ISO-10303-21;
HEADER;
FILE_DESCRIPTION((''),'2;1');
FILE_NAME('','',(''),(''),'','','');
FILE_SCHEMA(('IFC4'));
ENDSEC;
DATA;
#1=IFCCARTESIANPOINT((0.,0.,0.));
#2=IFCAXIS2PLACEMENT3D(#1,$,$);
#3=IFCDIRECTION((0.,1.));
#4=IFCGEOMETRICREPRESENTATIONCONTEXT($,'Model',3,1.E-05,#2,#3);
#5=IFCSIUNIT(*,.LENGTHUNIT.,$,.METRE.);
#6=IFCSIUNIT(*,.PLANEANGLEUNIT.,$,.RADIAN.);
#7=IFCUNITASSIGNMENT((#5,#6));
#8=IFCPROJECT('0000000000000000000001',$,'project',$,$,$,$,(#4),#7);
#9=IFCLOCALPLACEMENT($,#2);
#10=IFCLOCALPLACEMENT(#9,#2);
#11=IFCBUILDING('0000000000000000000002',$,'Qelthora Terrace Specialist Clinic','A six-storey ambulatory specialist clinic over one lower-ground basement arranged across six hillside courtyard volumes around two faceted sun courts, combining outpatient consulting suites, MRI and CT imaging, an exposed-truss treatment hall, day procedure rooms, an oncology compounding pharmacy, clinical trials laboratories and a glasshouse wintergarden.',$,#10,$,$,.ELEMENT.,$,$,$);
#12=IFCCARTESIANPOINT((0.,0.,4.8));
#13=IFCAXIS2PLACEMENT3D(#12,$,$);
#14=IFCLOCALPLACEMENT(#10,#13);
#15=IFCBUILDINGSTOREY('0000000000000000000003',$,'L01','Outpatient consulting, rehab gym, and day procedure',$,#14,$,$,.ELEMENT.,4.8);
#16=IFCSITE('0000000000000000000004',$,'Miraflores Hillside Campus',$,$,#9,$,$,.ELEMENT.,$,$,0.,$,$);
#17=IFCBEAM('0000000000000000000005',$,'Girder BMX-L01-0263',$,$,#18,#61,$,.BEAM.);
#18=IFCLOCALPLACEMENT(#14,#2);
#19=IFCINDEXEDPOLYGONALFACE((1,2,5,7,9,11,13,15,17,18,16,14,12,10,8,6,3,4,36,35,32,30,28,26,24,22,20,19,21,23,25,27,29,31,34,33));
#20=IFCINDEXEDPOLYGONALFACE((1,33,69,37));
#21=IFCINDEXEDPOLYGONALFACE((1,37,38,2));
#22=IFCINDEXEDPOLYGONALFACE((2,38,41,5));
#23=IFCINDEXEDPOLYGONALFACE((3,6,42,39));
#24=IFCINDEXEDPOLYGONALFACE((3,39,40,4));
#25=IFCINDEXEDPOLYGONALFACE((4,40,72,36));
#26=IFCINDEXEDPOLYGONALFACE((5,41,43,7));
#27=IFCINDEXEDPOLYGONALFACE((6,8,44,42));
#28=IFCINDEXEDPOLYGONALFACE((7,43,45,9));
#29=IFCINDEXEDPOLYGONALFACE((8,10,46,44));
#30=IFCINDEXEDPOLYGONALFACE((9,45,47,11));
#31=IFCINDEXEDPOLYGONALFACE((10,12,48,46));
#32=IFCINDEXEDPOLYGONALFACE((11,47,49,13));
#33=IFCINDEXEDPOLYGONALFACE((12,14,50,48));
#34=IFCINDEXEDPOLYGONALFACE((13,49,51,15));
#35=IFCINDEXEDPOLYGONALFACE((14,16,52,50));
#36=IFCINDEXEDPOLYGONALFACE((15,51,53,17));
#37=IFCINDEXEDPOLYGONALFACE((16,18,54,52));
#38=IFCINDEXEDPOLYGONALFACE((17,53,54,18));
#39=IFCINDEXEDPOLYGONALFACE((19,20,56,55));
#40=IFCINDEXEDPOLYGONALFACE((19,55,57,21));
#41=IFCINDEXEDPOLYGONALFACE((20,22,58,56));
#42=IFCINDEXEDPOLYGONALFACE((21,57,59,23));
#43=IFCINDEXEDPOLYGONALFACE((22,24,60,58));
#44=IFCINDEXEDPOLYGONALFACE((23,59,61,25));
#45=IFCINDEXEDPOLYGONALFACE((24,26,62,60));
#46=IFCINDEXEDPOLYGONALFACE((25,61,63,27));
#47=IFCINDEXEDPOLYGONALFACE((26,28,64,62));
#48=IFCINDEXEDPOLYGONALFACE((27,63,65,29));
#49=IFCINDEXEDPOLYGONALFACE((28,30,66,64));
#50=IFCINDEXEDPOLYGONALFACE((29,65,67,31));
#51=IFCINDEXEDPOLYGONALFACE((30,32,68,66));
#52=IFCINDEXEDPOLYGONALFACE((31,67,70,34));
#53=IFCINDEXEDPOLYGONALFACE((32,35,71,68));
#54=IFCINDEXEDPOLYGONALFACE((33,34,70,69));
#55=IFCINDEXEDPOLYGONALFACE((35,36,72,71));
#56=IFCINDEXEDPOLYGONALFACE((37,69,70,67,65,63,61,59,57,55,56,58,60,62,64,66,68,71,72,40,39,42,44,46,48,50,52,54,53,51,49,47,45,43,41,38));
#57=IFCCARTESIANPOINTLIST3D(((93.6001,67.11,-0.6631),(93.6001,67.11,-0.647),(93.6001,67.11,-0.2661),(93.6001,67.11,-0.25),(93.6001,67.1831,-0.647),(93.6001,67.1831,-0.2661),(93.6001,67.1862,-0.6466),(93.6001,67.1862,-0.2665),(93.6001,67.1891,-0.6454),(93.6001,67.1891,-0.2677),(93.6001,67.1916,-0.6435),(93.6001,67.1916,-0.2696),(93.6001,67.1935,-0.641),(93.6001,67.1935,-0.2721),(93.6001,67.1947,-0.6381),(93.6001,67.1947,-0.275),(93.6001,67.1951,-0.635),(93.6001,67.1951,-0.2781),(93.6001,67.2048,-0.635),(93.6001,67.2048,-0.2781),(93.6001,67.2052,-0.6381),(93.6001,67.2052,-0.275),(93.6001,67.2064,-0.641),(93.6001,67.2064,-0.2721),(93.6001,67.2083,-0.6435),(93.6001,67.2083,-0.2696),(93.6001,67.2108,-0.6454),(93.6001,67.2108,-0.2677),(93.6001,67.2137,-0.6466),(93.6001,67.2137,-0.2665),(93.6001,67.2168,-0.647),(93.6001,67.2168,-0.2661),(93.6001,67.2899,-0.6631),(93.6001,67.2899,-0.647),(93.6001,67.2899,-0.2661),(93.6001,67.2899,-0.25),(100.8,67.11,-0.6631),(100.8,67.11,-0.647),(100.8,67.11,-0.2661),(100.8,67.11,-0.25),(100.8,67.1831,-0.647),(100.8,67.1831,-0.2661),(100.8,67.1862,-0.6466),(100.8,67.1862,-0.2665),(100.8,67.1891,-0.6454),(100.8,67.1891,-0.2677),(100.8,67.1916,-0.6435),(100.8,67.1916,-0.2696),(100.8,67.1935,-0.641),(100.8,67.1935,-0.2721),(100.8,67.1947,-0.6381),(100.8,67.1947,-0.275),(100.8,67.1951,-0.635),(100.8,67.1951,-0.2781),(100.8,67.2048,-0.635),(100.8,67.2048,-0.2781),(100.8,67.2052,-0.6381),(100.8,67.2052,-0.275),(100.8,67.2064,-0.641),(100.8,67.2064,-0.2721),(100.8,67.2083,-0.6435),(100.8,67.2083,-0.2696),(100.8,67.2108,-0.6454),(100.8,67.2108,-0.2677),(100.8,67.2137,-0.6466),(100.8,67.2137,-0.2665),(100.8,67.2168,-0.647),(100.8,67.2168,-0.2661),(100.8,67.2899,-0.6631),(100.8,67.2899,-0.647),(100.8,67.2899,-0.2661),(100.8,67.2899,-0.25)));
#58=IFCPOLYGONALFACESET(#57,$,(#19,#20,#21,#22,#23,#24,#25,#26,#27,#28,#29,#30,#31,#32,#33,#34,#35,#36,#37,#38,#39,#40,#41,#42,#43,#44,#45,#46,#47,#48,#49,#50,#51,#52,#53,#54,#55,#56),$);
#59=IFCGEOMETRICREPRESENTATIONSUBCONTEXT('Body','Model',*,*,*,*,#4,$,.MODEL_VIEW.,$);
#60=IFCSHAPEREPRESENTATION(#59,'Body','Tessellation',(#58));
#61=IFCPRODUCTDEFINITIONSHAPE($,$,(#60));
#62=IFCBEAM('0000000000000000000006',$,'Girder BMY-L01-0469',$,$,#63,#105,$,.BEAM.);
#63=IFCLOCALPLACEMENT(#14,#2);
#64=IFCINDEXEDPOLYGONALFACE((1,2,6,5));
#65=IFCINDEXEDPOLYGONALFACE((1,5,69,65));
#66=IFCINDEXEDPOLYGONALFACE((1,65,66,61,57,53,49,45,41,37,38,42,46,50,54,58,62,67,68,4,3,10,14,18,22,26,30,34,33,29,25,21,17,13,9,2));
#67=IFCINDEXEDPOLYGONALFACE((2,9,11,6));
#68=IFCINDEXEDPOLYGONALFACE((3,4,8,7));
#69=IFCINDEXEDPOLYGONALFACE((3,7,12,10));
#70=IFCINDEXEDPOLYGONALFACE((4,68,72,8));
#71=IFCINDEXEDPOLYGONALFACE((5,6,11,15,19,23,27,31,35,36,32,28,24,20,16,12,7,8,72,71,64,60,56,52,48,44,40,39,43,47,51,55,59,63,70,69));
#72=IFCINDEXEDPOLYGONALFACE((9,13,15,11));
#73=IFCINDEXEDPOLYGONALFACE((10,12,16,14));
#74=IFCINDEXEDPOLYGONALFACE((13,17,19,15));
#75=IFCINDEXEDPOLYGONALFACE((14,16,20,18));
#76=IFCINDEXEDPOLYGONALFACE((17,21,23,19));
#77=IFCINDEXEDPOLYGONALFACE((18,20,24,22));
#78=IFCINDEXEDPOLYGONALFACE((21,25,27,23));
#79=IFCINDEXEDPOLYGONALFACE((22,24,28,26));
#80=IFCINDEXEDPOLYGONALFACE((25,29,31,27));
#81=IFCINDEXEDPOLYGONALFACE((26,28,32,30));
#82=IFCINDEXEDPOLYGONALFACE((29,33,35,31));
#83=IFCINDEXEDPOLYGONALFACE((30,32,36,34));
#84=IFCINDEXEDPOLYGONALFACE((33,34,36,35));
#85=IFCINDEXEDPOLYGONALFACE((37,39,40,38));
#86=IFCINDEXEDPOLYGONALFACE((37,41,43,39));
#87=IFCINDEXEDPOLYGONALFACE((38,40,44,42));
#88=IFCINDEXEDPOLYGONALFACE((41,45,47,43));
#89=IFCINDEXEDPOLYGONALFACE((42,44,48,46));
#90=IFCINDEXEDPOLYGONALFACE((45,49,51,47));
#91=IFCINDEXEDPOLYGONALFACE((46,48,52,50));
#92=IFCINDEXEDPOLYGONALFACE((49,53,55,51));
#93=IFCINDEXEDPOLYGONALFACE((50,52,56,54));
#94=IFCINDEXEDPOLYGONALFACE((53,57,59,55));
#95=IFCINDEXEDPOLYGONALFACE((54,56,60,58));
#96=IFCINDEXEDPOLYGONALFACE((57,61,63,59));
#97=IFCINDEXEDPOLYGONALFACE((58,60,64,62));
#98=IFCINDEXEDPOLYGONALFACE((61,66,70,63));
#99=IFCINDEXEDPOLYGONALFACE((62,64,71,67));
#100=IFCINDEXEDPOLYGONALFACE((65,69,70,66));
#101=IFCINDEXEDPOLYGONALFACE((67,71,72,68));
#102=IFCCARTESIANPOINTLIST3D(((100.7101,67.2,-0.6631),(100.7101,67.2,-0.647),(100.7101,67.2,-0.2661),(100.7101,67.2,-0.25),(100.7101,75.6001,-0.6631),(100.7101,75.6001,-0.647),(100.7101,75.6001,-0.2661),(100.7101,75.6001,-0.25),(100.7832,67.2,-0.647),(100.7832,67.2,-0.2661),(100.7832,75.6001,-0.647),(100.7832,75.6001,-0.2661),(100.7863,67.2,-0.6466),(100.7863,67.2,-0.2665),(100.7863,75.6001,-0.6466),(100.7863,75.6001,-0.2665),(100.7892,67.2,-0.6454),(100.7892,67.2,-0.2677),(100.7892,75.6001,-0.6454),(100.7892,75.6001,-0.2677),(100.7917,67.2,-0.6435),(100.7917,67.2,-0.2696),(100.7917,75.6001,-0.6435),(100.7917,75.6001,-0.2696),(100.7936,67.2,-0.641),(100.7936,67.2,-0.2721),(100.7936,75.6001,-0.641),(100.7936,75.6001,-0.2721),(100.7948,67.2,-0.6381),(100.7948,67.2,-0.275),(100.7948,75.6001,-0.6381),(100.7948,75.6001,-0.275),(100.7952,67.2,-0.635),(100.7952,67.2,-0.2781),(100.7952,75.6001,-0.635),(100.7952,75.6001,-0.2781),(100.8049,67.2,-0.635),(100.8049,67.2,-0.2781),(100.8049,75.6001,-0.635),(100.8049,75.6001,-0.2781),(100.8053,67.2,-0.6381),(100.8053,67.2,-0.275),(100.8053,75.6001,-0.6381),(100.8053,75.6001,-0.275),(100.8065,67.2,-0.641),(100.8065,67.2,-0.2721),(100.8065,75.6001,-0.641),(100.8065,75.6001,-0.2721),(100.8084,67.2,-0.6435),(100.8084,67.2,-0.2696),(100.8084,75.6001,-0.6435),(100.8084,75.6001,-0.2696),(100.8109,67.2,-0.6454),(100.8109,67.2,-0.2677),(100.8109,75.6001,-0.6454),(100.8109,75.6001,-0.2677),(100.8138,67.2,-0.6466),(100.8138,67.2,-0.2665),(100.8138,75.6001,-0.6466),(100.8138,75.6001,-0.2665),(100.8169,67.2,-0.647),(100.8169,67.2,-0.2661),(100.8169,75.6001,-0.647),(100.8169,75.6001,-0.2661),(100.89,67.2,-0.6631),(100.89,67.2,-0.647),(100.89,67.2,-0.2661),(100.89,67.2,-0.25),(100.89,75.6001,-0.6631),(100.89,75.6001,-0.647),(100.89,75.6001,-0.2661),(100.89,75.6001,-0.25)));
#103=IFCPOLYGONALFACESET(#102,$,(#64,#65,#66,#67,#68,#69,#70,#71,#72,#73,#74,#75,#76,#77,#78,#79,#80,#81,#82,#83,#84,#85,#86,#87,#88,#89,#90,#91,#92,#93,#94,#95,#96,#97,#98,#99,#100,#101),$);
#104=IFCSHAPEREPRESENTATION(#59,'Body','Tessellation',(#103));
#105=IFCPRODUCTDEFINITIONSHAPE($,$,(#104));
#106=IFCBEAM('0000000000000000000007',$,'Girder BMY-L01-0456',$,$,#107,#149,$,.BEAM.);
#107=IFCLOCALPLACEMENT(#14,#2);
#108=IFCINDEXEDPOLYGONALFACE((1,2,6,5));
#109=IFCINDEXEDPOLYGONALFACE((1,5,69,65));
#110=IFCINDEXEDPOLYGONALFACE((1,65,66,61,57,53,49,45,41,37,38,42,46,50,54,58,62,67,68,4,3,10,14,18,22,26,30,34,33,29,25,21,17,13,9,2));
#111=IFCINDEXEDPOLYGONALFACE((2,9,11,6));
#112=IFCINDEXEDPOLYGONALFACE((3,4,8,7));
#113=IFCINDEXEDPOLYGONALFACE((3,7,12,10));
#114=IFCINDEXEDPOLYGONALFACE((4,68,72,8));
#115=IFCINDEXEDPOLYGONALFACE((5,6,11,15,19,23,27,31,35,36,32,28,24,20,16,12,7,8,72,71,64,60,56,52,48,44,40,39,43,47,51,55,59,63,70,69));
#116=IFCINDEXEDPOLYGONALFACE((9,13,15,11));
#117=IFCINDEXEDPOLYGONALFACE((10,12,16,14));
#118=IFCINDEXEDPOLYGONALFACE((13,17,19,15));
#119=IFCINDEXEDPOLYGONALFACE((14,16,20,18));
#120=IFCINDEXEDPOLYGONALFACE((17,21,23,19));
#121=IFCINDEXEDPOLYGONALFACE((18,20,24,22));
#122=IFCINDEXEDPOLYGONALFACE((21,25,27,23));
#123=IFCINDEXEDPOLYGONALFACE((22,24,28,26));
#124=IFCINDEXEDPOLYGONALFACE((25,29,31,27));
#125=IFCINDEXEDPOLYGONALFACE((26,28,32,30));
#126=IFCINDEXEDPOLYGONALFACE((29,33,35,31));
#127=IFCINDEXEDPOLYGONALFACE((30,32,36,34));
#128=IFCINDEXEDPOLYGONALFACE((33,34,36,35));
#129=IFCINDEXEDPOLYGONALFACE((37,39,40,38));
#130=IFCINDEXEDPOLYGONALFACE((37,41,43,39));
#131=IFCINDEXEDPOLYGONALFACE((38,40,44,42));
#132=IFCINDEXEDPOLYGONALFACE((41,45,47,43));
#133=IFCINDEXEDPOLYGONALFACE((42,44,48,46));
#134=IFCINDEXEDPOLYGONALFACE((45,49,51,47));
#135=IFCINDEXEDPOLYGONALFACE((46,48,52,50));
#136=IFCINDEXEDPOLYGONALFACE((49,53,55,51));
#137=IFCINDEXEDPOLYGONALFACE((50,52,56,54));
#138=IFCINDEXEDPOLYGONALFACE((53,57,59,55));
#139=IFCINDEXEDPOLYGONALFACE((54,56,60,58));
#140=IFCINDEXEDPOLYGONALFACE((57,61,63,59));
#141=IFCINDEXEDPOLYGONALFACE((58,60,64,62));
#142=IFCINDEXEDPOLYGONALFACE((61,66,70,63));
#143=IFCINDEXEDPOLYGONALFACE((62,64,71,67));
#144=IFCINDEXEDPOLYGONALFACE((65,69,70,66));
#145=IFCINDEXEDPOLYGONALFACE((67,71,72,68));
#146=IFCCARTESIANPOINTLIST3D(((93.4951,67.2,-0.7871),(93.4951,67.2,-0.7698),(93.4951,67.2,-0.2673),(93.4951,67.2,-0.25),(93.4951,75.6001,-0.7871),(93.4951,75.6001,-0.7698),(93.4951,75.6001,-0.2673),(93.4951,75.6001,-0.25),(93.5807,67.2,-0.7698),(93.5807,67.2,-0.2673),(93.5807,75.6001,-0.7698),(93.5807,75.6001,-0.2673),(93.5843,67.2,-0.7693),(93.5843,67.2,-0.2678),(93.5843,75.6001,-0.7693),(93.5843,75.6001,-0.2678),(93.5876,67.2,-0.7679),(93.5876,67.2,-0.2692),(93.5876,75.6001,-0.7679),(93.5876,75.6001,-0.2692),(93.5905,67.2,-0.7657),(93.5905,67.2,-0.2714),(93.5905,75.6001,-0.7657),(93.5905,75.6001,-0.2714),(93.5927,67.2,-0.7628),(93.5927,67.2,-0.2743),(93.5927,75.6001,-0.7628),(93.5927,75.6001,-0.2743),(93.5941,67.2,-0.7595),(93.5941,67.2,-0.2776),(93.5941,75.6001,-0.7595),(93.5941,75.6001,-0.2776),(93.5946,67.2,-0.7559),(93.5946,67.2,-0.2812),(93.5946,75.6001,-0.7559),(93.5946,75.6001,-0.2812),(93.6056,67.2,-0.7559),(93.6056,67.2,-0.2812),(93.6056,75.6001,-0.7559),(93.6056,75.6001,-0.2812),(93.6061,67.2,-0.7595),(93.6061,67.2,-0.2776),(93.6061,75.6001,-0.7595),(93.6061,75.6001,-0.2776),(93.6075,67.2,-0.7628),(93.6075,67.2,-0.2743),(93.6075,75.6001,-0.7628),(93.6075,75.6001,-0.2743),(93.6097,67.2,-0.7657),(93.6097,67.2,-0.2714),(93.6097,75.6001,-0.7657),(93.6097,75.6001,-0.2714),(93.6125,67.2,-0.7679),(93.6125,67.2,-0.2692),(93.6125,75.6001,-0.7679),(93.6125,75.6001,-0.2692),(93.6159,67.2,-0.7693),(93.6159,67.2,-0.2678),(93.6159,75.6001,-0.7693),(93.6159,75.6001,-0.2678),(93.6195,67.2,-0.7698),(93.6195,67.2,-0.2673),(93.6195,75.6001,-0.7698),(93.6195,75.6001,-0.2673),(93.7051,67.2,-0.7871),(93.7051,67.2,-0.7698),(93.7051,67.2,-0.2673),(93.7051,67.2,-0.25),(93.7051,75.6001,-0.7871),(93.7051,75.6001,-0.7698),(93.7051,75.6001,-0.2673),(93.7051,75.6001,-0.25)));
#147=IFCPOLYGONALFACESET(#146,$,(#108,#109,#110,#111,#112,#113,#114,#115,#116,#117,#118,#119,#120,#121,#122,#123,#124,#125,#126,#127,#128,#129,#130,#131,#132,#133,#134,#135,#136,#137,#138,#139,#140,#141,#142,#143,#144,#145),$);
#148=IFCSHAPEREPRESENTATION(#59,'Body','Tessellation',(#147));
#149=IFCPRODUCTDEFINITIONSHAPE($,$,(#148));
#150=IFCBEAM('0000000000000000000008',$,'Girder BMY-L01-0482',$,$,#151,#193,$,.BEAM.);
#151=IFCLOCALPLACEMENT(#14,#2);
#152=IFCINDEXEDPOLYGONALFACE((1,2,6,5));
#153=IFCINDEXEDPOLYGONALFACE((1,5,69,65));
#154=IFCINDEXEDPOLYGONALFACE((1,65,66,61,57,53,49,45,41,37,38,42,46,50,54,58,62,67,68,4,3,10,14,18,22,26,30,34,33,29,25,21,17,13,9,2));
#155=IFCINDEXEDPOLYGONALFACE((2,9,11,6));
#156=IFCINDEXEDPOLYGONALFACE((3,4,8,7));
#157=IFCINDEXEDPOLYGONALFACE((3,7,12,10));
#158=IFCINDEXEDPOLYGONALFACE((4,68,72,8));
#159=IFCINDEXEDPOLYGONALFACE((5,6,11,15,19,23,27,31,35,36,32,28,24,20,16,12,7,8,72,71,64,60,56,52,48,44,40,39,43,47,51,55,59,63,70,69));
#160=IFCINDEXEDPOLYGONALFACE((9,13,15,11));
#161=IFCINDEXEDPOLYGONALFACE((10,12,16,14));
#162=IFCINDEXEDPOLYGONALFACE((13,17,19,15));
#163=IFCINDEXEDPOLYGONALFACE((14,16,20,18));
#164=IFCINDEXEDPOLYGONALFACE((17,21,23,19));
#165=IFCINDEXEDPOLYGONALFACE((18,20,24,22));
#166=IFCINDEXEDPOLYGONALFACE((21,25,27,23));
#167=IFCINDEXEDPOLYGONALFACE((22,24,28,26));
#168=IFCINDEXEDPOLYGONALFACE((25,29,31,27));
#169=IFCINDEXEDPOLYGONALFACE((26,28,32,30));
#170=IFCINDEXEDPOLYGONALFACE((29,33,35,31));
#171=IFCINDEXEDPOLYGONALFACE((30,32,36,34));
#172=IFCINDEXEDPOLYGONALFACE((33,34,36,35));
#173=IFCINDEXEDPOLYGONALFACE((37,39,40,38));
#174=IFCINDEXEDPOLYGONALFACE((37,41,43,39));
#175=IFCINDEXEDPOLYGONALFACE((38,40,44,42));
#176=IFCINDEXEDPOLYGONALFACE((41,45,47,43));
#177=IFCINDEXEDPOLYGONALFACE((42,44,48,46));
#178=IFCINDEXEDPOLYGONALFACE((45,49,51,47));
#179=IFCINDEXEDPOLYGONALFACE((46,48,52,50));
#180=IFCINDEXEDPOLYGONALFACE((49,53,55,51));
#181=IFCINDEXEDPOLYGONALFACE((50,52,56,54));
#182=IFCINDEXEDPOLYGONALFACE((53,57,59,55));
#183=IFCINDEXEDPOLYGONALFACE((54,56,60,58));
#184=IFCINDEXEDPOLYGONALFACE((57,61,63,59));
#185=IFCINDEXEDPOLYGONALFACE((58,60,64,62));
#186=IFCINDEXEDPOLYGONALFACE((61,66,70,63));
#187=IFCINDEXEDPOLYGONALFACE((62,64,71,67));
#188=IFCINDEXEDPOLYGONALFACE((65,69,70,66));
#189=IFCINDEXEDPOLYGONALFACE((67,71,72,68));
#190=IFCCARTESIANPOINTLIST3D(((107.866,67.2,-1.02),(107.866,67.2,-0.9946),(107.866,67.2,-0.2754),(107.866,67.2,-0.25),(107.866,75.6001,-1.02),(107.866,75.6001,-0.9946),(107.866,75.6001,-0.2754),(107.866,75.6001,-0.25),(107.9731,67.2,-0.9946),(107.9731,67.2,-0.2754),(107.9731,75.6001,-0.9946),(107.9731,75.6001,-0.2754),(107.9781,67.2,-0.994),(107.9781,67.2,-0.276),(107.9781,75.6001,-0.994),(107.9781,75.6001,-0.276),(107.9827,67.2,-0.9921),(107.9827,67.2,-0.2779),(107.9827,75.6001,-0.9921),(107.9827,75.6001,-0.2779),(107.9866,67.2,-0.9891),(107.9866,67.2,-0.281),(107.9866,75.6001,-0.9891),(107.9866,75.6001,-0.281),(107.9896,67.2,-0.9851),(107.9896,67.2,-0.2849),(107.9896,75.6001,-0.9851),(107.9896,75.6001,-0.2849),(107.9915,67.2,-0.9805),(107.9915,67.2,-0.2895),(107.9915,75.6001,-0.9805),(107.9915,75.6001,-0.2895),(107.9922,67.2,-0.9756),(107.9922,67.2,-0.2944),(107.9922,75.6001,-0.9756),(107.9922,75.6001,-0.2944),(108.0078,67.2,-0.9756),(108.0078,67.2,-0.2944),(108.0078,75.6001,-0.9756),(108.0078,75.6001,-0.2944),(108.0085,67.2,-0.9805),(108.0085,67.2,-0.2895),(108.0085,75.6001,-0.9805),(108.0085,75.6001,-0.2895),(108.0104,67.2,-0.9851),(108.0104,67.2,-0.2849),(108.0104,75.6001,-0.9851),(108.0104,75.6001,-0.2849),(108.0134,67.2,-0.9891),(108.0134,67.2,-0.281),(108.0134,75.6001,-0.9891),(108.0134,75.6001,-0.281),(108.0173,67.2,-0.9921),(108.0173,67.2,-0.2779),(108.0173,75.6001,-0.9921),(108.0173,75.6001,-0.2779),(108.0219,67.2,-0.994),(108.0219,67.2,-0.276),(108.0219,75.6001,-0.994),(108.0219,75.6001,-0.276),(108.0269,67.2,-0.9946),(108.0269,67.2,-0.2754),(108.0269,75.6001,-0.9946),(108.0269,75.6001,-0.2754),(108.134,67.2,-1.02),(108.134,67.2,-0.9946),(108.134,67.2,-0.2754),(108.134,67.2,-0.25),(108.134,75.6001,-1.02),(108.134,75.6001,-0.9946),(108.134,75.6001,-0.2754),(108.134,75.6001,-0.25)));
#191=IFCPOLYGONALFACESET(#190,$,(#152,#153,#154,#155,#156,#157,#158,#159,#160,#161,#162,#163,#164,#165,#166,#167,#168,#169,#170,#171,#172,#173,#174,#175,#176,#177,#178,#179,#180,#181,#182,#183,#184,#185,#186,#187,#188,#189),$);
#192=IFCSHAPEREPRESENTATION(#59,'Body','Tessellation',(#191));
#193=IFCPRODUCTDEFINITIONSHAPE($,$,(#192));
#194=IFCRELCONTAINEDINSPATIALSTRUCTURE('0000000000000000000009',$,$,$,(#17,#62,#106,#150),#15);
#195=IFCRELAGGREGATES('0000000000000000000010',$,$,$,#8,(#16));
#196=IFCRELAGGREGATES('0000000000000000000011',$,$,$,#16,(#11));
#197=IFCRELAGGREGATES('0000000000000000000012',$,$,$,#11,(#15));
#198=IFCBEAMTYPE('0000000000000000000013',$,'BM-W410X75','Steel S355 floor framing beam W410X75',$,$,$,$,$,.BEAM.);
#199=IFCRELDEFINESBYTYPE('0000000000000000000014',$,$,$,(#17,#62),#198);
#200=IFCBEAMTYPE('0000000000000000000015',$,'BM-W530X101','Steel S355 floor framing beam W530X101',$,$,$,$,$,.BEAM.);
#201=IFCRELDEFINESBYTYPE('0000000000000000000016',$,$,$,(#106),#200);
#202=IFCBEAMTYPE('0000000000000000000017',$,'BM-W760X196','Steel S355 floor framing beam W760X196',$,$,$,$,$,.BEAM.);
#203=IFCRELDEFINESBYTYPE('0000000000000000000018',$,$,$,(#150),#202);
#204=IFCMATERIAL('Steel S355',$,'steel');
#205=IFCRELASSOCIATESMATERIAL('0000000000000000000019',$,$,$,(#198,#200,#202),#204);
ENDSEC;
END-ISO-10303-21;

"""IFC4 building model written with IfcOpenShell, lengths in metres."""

from ifc_helpers import new_model, si_unit, direction, frame, origin, origin_2d, place, context, subcontext, project, spatial, i_section, extrude, material, material_profile, profile_set, type_object, element, save


model = new_model("IFC4")

# Units and contexts
model_context = context("Model", 3, precision=1e-05, world=origin(), true_north=direction((0.0, 1.0)))
body_context = subcontext(model_context, "Body", "Model", "MODEL_VIEW")
ifc_project = project(units=[si_unit("LENGTHUNIT", "METRE"), si_unit("PLANEANGLEUNIT", "RADIAN")], contexts=[model_context])

# Site, building, storey
site_placement = place(None, origin())
site = spatial("IfcSite", under=ifc_project, at=site_placement, Name="Miraflores Hillside Campus", CompositionType="ELEMENT", RefElevation=0.0)
building_placement = place(site_placement, origin())
building = spatial("IfcBuilding", under=site, at=building_placement, Name="Qelthora Terrace Specialist Clinic", Description="A six-storey ambulatory specialist clinic over one lower-ground basement arranged across six hillside courtyard volumes around two faceted sun courts, combining outpatient consulting suites, MRI and CT imaging, an exposed-truss treatment hall, day procedure rooms, an oncology compounding pharmacy, clinical trials laboratories and a glasshouse wintergarden.", CompositionType="ELEMENT")
storey_placement = place(building_placement, frame((0.0, 0.0, 4.8)))
storey = spatial("IfcBuildingStorey", under=building, at=storey_placement, Name="L01", Description="Outpatient consulting, rehab gym, and day procedure", CompositionType="ELEMENT", Elevation=4.8)

# Shared definitions
ifc_material_1 = material(Name="Steel S355", Category="steel")

# Beams
ifc_material_profile_1 = material_profile(ifc_material_1, i_section(OverallWidth=0.1799, OverallDepth=0.4131, WebThickness=0.0098, FlangeThickness=0.0161, FilletRadius=0.012, at=origin_2d()), Name="W410X75")
ifc_profile_set_1 = profile_set([ifc_material_profile_1], Name="Steel S355")
beam_type_1 = type_object("IfcBeamType", Name="BM-W410X75", Description="Steel S355 floor framing beam W410X75", PredefinedType="BEAM", material=ifc_profile_set_1)
beam_1_placement = place(storey_placement, frame((93.6001, 67.2, -0.4565), z_axis=(1.0, 0.0, 0.0), x_axis=(0.0, 1.0, 0.0)))
element("IfcBeam", 1, at=beam_1_placement, inside=storey, type_object=beam_type_1, Name="Girder BMX-L01-0263", PredefinedType="BEAM", context=body_context, shape_type="SweptSolid", body=[
    extrude(i_section(OverallWidth=0.1799, OverallDepth=0.4131, WebThickness=0.0098, FlangeThickness=0.0161, FilletRadius=0.012, at=origin_2d()), origin(), (0.0, 0.0, 1.0), 7.2),
])
beam_2_placement = place(storey_placement, frame((100.8, 67.2, -0.4565), z_axis=(0.0, 1.0, 0.0), x_axis=(-1.0, 0.0, 0.0)))
element("IfcBeam", 2, at=beam_2_placement, inside=storey, type_object=beam_type_1, Name="Girder BMY-L01-0469", PredefinedType="BEAM", context=body_context, shape_type="SweptSolid", body=[
    extrude(i_section(OverallWidth=0.1799, OverallDepth=0.4131, WebThickness=0.0098, FlangeThickness=0.0161, FilletRadius=0.012, at=origin_2d()), origin(), (0.0, 0.0, 1.0), 8.4001),
])
ifc_material_profile_2 = material_profile(ifc_material_1, i_section(OverallWidth=0.21, OverallDepth=0.5371, WebThickness=0.011, FlangeThickness=0.0173, FilletRadius=0.0139, at=origin_2d()), Name="W530X101")
ifc_profile_set_2 = profile_set([ifc_material_profile_2], Name="Steel S355")
beam_type_2 = type_object("IfcBeamType", Name="BM-W530X101", Description="Steel S355 floor framing beam W530X101", PredefinedType="BEAM", material=ifc_profile_set_2)
beam_3_placement = place(storey_placement, frame((93.6001, 67.2, -0.5186), z_axis=(0.0, 1.0, 0.0), x_axis=(-1.0, 0.0, 0.0)))
element("IfcBeam", 3, at=beam_3_placement, inside=storey, type_object=beam_type_2, Name="Girder BMY-L01-0456", PredefinedType="BEAM", context=body_context, shape_type="SweptSolid", body=[
    extrude(i_section(OverallWidth=0.21, OverallDepth=0.5371, WebThickness=0.011, FlangeThickness=0.0173, FilletRadius=0.0139, at=origin_2d()), origin(), (0.0, 0.0, 1.0), 8.4001),
])
ifc_material_profile_3 = material_profile(ifc_material_1, i_section(OverallWidth=0.2681, OverallDepth=0.77, WebThickness=0.0156, FlangeThickness=0.0254, FilletRadius=0.019, at=origin_2d()), Name="W760X196")
ifc_profile_set_3 = profile_set([ifc_material_profile_3], Name="Steel S355")
beam_type_3 = type_object("IfcBeamType", Name="BM-W760X196", Description="Steel S355 floor framing beam W760X196", PredefinedType="BEAM", material=ifc_profile_set_3)
beam_4_placement = place(storey_placement, frame((108.0, 67.2, -0.635), z_axis=(0.0, 1.0, 0.0), x_axis=(-1.0, 0.0, 0.0)))
element("IfcBeam", 4, at=beam_4_placement, inside=storey, type_object=beam_type_3, Name="Girder BMY-L01-0482", PredefinedType="BEAM", context=body_context, shape_type="SweptSolid", body=[
    extrude(i_section(OverallWidth=0.2681, OverallDepth=0.77, WebThickness=0.0156, FlangeThickness=0.0254, FilletRadius=0.019, at=origin_2d()), origin(), (0.0, 0.0, 1.0), 8.4001),
])

save(model, "model.ifc")
